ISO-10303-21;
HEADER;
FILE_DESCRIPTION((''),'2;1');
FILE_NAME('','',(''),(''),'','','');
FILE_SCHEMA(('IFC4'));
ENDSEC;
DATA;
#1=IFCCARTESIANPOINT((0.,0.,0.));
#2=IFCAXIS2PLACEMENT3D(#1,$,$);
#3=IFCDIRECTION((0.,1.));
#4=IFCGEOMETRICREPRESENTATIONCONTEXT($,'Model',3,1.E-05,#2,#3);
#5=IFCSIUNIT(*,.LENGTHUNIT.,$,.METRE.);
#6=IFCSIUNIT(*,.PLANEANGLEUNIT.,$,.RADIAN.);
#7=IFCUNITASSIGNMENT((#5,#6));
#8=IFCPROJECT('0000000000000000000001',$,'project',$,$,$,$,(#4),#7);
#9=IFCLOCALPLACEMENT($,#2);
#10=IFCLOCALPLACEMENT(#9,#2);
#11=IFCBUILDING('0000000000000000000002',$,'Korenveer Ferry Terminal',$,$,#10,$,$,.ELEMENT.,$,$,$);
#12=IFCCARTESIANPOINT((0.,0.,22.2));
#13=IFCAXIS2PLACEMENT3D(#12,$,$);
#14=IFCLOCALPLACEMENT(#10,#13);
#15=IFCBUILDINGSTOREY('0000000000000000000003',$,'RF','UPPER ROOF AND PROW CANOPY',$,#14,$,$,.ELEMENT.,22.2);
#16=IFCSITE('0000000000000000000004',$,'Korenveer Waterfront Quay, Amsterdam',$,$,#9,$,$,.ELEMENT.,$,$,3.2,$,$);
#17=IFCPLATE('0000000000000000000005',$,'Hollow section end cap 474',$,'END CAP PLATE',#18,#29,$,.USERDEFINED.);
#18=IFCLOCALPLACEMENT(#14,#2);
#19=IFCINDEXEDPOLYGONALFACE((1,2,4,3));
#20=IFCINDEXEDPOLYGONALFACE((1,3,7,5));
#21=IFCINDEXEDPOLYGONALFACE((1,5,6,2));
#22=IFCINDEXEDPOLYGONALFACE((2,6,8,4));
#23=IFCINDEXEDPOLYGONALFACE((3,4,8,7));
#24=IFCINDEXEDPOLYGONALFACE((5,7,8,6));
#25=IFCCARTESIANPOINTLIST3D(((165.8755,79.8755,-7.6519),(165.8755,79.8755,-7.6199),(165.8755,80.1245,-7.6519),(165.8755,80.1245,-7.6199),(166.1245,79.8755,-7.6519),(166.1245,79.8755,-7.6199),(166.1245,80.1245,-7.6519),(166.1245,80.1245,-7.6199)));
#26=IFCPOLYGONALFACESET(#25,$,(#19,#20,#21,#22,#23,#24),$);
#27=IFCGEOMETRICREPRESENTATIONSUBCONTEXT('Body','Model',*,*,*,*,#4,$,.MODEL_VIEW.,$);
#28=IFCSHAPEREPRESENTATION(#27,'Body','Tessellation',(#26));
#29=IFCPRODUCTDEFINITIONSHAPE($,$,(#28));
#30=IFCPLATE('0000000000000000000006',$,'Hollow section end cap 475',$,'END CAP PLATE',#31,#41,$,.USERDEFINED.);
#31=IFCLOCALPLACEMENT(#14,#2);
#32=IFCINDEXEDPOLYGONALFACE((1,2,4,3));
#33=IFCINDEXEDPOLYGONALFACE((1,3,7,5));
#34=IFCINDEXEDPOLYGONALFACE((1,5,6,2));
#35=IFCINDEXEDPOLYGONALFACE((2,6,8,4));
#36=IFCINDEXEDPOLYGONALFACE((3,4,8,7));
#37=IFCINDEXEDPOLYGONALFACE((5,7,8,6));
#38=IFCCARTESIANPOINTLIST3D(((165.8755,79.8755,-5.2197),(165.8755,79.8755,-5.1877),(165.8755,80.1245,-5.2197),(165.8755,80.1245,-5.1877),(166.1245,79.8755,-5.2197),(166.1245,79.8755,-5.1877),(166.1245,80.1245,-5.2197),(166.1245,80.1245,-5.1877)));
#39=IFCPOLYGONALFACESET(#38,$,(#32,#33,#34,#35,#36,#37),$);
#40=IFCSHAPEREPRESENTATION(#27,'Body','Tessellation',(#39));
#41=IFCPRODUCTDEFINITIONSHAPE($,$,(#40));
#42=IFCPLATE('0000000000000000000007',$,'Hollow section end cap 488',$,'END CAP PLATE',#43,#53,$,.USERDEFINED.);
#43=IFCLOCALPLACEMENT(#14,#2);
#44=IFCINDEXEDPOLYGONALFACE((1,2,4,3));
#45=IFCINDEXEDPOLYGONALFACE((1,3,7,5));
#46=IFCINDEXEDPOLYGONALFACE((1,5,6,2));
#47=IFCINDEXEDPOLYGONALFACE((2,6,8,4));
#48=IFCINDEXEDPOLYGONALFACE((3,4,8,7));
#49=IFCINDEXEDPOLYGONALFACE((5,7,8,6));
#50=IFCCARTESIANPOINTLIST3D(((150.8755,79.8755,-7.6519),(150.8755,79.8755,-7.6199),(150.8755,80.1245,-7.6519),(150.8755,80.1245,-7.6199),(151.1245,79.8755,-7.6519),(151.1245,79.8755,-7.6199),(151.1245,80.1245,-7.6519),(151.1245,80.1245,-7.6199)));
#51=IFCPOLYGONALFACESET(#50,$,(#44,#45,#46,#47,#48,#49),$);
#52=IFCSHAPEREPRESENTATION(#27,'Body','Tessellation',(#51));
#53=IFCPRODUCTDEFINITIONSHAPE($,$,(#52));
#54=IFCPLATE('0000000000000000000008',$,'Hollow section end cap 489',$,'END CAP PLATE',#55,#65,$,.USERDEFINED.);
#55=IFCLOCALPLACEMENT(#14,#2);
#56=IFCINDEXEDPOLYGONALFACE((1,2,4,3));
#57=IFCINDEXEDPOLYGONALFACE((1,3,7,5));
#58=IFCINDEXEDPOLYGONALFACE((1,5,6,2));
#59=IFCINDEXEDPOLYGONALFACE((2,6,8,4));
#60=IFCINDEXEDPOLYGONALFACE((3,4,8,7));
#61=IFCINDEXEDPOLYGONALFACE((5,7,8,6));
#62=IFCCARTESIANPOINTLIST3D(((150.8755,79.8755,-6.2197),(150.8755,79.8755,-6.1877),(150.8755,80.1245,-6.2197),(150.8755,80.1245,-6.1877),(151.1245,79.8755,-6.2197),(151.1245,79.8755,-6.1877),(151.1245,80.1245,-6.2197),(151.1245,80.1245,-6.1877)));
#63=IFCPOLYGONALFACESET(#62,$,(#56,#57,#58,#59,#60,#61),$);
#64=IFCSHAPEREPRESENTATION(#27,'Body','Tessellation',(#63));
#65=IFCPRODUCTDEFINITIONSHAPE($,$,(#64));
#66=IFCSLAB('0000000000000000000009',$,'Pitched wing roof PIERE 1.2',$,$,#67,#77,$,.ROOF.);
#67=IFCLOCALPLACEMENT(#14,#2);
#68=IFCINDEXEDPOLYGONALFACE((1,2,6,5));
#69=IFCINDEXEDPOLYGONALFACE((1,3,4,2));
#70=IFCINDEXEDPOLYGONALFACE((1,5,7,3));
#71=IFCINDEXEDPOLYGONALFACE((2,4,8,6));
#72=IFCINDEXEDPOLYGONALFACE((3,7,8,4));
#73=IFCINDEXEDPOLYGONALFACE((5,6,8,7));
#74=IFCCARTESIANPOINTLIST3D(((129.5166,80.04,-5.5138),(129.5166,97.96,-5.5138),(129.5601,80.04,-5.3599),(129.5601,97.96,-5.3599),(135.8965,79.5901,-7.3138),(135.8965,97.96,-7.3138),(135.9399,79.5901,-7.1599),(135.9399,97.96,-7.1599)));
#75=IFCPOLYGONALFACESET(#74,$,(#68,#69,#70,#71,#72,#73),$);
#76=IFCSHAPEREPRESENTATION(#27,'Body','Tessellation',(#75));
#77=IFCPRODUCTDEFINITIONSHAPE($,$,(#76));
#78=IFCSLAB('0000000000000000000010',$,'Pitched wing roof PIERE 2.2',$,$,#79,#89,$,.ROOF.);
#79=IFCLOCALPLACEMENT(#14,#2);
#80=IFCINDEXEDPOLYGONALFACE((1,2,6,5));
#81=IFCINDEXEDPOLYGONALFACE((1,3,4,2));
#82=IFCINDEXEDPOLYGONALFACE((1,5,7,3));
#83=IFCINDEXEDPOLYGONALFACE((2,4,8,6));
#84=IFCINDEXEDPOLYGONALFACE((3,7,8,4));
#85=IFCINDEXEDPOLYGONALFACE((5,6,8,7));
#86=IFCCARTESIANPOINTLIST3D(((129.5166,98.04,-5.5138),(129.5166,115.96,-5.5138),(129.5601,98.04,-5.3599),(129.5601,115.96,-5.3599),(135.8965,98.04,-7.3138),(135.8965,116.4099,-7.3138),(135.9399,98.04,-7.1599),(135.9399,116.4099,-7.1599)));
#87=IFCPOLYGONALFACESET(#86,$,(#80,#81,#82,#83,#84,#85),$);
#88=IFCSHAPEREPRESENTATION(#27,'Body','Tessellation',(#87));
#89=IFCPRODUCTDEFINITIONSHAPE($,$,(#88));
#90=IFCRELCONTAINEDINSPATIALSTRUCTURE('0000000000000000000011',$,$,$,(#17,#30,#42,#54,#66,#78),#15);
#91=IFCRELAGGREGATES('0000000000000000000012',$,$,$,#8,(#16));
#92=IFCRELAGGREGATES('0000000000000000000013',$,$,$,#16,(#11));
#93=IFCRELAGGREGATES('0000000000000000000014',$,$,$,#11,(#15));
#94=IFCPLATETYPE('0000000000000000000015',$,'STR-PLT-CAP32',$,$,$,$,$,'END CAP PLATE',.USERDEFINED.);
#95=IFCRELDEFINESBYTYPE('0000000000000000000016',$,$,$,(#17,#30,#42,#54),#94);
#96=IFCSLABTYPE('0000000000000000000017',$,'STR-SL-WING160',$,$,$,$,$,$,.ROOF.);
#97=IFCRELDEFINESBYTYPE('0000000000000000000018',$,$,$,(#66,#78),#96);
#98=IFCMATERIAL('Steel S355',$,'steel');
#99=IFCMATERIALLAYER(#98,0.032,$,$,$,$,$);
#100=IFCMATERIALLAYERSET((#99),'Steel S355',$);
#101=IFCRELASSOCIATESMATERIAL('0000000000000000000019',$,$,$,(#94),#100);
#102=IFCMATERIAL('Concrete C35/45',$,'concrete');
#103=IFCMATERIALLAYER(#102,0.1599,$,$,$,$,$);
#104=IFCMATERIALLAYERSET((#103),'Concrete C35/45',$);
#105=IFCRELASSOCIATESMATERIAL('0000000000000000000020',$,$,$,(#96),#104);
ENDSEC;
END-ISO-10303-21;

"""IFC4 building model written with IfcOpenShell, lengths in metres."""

from ifc_helpers import new_model, si_unit, direction, frame, origin, origin_2d, place, context, subcontext, project, spatial, polyline, rectangle, outline, extrude, material, layer, layer_set, type_object, element, save


model = new_model("IFC4")

# Units and contexts
model_context = context("Model", 3, precision=1e-05, world=origin(), true_north=direction((0.0, 1.0)))
body_context = subcontext(model_context, "Body", "Model", "MODEL_VIEW")
ifc_project = project(units=[si_unit("LENGTHUNIT", "METRE"), si_unit("PLANEANGLEUNIT", "RADIAN")], contexts=[model_context])

# Site, building, storey
site_placement = place(None, origin())
site = spatial("IfcSite", under=ifc_project, at=site_placement, Name="Korenveer Waterfront Quay, Amsterdam", CompositionType="ELEMENT", RefElevation=3.2)
building_placement = place(site_placement, origin())
building = spatial("IfcBuilding", under=site, at=building_placement, Name="Korenveer Ferry Terminal", CompositionType="ELEMENT")
storey_placement = place(building_placement, frame((0.0, 0.0, 22.2)))
storey = spatial("IfcBuildingStorey", under=building, at=storey_placement, Name="RF", Description="UPPER ROOF AND PROW CANOPY", CompositionType="ELEMENT", Elevation=22.2)

# Shared definitions
ifc_material_1 = material(Name="Steel S355", Category="steel")

# Plates
ifc_layer_1 = layer(ifc_material_1, 0.032)
ifc_layer_set_1 = layer_set([ifc_layer_1], Name="Steel S355")
plate_type = type_object("IfcPlateType", Name="STR-PLT-CAP32", ElementType="END CAP PLATE", PredefinedType="USERDEFINED", material=ifc_layer_set_1)
for number, where, z_axis, x_axis, name in (
    (1, (166.0, 80.0, -7.6519), (0.0, 0.0, 1.0), (1.0, 0.0, 0.0), "Hollow section end cap 474"),
    (2, (166.0, 80.0, -5.2197), (0.0, 0.0, 1.0), (1.0, 0.0, 0.0), "Hollow section end cap 475"),
    (3, (151.0, 80.0, -7.6519), (0.0, 0.0, 1.0), (1.0, 0.0, 0.0), "Hollow section end cap 488"),
    (4, (151.0, 80.0, -6.2197), (0.0, 0.0, 1.0), (1.0, 0.0, 0.0), "Hollow section end cap 489"),
):
    element("IfcPlate", number, at=place(storey_placement, frame(where, z_axis=z_axis, x_axis=x_axis)), inside=storey, type_object=plate_type, Name=name, ObjectType="END CAP PLATE", PredefinedType="USERDEFINED", context=body_context, shape_type="SweptSolid", body=[
        extrude(rectangle(XDim=0.249, YDim=0.249, at=origin_2d()), origin(), (0.0, 0.0, 1.0), 0.032),
    ])

# Slabs
ifc_material_2 = material(Name="Concrete C35/45", Category="concrete")
ifc_layer_2 = layer(ifc_material_2, 0.1599)
ifc_layer_set_2 = layer_set([ifc_layer_2], Name="Concrete C35/45")
slab_type = type_object("IfcSlabType", Name="STR-SL-WING160", PredefinedType="ROOF", material=ifc_layer_set_2)
slab_1_placement = place(storey_placement, frame((129.5601, 80.04, -5.3599), z_axis=(0.271543, 0.0, 0.962426), x_axis=(0.960217, -0.067721, -0.27092)))
element("IfcSlab", 5, at=slab_1_placement, inside=storey, type_object=slab_type, Name="Pitched wing roof PIERE 1.2", PredefinedType="ROOF", context=body_context, shape_type="SweptSolid", body=[
    extrude(outline(polyline([(0.0, 0.0), (6.6442, 0.0), (5.4002, 18.3277), (-1.2136, 17.8788), (0.0, 0.0)])), origin(), (0.0, 0.0, -1.0), 0.1599),
])
slab_2_placement = place(storey_placement, frame((129.5601, 98.04, -5.3599), z_axis=(0.271543, 0.0, 0.962426), x_axis=(0.962426, 0.0, -0.271543)))
element("IfcSlab", 6, at=slab_2_placement, inside=storey, type_object=slab_type, Name="Pitched wing roof PIERE 2.2", PredefinedType="ROOF", context=body_context, shape_type="SweptSolid", body=[
    extrude(outline(polyline([(0.0, 0.0), (6.629, 0.0), (6.629, 18.3699), (0.0, 17.9199), (0.0, 0.0)])), origin(), (0.0, 0.0, -1.0), 0.1599),
])

save(model, "model.ifc")
